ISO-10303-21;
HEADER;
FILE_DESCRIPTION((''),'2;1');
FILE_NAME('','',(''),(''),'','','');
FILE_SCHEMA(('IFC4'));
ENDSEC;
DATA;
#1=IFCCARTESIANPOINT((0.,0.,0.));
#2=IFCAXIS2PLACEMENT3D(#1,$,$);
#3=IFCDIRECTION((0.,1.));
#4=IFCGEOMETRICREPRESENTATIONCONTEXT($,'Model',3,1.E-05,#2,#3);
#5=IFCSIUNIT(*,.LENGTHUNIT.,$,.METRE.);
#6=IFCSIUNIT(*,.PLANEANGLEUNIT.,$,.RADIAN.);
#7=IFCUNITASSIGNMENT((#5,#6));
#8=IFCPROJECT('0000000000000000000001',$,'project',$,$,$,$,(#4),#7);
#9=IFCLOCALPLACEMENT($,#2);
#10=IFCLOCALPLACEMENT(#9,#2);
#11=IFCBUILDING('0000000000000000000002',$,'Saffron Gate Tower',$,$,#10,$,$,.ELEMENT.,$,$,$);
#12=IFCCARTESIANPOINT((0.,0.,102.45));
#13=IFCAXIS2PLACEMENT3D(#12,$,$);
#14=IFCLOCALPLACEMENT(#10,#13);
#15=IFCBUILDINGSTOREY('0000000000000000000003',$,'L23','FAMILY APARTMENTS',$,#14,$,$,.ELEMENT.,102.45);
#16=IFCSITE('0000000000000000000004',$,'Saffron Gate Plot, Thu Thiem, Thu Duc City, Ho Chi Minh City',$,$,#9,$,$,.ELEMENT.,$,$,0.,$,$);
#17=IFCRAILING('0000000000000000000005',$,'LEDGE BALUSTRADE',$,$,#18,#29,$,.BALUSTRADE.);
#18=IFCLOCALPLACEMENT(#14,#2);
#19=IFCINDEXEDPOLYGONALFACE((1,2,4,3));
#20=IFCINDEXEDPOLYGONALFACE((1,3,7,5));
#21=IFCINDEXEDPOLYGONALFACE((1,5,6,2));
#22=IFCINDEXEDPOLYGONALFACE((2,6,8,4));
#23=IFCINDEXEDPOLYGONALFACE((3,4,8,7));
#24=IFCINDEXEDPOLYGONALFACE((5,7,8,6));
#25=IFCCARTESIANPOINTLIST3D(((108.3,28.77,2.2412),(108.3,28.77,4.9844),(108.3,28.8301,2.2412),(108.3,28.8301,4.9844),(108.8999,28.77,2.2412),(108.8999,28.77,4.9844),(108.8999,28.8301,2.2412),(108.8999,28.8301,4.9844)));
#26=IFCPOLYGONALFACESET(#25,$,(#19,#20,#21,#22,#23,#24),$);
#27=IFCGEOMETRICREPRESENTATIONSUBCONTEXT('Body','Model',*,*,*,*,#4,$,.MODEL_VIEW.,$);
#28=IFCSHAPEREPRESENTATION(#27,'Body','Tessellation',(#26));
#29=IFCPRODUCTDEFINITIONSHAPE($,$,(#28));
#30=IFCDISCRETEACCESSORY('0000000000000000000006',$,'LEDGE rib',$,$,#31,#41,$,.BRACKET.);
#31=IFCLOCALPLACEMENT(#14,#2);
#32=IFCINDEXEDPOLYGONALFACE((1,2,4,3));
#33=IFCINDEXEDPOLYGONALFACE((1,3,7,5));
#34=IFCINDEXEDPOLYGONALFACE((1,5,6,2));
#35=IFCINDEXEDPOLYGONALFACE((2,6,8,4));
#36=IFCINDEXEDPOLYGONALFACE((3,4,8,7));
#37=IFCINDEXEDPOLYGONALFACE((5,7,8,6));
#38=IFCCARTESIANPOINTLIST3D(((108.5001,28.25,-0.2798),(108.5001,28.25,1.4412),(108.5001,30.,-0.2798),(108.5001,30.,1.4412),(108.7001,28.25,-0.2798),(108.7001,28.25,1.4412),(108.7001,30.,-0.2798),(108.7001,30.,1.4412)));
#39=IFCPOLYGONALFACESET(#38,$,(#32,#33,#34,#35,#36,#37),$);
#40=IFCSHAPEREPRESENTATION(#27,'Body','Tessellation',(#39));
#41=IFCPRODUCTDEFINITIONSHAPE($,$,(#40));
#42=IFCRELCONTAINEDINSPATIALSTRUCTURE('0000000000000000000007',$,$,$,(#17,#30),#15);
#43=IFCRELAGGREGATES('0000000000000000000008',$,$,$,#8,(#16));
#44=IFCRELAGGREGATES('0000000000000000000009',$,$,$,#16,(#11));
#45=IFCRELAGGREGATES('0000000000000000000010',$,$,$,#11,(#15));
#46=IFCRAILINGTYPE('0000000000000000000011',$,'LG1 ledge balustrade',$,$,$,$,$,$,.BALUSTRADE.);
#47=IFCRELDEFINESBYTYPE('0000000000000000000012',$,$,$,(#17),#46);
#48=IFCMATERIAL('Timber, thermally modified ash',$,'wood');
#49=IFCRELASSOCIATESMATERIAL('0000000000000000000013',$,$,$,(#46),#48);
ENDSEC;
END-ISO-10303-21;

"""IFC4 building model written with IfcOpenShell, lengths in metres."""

from ifc_helpers import new_model, si_unit, direction, frame, origin, origin_2d, place, context, subcontext, project, spatial, rectangle, extrude, material, type_object, element, save


model = new_model("IFC4")

# Units and contexts
model_context = context("Model", 3, precision=1e-05, world=origin(), true_north=direction((0.0, 1.0)))
body_context = subcontext(model_context, "Body", "Model", "MODEL_VIEW")
ifc_project = project(units=[si_unit("LENGTHUNIT", "METRE"), si_unit("PLANEANGLEUNIT", "RADIAN")], contexts=[model_context])

# Site, building, storey
site_placement = place(None, origin())
site = spatial("IfcSite", under=ifc_project, at=site_placement, Name="Saffron Gate Plot, Thu Thiem, Thu Duc City, Ho Chi Minh City", CompositionType="ELEMENT", RefElevation=0.0)
building_placement = place(site_placement, origin())
building = spatial("IfcBuilding", under=site, at=building_placement, Name="Saffron Gate Tower", CompositionType="ELEMENT")
storey_placement = place(building_placement, frame((0.0, 0.0, 102.45)))
storey = spatial("IfcBuildingStorey", under=building, at=storey_placement, Name="L23", Description="FAMILY APARTMENTS", CompositionType="ELEMENT", Elevation=102.45)

# Shared definitions
ifc_material_1 = material(Name="Timber, thermally modified ash", Category="wood")

# Railing
railing_type_1 = type_object("IfcRailingType", Name="LG1 ledge balustrade", PredefinedType="BALUSTRADE", material=ifc_material_1)
railing_1_placement = place(storey_placement, frame((108.3, 28.8, 2.2412)))
element("IfcRailing", 1, at=railing_1_placement, inside=storey, type_object=railing_type_1, Name="LEDGE BALUSTRADE", PredefinedType="BALUSTRADE", context=body_context, shape_type="SweptSolid", body=[
    extrude(rectangle(XDim=0.0601, YDim=2.7432, at=origin_2d()), frame((0.0, 0.0, 1.3716), z_axis=(1.0, 0.0, 0.0), x_axis=(0.0, 1.0, 0.0)), (0.0, 0.0, 1.0), 0.5999),
])

# Discrete accessory
discrete_accessory_placement = place(storey_placement, frame((108.6001, 29.125, -0.2798), z_axis=(0.0, 0.0, 1.0), x_axis=(1.0, 0.0, 0.0)))
element("IfcDiscreteAccessory", 2, at=discrete_accessory_placement, inside=storey, Name="LEDGE rib", PredefinedType="BRACKET", context=body_context, shape_type="SweptSolid", body=[
    extrude(rectangle(XDim=0.2, YDim=1.75, at=origin_2d()), origin(), (0.0, 0.0, 1.0), 1.7209),
])

save(model, "model.ifc")
